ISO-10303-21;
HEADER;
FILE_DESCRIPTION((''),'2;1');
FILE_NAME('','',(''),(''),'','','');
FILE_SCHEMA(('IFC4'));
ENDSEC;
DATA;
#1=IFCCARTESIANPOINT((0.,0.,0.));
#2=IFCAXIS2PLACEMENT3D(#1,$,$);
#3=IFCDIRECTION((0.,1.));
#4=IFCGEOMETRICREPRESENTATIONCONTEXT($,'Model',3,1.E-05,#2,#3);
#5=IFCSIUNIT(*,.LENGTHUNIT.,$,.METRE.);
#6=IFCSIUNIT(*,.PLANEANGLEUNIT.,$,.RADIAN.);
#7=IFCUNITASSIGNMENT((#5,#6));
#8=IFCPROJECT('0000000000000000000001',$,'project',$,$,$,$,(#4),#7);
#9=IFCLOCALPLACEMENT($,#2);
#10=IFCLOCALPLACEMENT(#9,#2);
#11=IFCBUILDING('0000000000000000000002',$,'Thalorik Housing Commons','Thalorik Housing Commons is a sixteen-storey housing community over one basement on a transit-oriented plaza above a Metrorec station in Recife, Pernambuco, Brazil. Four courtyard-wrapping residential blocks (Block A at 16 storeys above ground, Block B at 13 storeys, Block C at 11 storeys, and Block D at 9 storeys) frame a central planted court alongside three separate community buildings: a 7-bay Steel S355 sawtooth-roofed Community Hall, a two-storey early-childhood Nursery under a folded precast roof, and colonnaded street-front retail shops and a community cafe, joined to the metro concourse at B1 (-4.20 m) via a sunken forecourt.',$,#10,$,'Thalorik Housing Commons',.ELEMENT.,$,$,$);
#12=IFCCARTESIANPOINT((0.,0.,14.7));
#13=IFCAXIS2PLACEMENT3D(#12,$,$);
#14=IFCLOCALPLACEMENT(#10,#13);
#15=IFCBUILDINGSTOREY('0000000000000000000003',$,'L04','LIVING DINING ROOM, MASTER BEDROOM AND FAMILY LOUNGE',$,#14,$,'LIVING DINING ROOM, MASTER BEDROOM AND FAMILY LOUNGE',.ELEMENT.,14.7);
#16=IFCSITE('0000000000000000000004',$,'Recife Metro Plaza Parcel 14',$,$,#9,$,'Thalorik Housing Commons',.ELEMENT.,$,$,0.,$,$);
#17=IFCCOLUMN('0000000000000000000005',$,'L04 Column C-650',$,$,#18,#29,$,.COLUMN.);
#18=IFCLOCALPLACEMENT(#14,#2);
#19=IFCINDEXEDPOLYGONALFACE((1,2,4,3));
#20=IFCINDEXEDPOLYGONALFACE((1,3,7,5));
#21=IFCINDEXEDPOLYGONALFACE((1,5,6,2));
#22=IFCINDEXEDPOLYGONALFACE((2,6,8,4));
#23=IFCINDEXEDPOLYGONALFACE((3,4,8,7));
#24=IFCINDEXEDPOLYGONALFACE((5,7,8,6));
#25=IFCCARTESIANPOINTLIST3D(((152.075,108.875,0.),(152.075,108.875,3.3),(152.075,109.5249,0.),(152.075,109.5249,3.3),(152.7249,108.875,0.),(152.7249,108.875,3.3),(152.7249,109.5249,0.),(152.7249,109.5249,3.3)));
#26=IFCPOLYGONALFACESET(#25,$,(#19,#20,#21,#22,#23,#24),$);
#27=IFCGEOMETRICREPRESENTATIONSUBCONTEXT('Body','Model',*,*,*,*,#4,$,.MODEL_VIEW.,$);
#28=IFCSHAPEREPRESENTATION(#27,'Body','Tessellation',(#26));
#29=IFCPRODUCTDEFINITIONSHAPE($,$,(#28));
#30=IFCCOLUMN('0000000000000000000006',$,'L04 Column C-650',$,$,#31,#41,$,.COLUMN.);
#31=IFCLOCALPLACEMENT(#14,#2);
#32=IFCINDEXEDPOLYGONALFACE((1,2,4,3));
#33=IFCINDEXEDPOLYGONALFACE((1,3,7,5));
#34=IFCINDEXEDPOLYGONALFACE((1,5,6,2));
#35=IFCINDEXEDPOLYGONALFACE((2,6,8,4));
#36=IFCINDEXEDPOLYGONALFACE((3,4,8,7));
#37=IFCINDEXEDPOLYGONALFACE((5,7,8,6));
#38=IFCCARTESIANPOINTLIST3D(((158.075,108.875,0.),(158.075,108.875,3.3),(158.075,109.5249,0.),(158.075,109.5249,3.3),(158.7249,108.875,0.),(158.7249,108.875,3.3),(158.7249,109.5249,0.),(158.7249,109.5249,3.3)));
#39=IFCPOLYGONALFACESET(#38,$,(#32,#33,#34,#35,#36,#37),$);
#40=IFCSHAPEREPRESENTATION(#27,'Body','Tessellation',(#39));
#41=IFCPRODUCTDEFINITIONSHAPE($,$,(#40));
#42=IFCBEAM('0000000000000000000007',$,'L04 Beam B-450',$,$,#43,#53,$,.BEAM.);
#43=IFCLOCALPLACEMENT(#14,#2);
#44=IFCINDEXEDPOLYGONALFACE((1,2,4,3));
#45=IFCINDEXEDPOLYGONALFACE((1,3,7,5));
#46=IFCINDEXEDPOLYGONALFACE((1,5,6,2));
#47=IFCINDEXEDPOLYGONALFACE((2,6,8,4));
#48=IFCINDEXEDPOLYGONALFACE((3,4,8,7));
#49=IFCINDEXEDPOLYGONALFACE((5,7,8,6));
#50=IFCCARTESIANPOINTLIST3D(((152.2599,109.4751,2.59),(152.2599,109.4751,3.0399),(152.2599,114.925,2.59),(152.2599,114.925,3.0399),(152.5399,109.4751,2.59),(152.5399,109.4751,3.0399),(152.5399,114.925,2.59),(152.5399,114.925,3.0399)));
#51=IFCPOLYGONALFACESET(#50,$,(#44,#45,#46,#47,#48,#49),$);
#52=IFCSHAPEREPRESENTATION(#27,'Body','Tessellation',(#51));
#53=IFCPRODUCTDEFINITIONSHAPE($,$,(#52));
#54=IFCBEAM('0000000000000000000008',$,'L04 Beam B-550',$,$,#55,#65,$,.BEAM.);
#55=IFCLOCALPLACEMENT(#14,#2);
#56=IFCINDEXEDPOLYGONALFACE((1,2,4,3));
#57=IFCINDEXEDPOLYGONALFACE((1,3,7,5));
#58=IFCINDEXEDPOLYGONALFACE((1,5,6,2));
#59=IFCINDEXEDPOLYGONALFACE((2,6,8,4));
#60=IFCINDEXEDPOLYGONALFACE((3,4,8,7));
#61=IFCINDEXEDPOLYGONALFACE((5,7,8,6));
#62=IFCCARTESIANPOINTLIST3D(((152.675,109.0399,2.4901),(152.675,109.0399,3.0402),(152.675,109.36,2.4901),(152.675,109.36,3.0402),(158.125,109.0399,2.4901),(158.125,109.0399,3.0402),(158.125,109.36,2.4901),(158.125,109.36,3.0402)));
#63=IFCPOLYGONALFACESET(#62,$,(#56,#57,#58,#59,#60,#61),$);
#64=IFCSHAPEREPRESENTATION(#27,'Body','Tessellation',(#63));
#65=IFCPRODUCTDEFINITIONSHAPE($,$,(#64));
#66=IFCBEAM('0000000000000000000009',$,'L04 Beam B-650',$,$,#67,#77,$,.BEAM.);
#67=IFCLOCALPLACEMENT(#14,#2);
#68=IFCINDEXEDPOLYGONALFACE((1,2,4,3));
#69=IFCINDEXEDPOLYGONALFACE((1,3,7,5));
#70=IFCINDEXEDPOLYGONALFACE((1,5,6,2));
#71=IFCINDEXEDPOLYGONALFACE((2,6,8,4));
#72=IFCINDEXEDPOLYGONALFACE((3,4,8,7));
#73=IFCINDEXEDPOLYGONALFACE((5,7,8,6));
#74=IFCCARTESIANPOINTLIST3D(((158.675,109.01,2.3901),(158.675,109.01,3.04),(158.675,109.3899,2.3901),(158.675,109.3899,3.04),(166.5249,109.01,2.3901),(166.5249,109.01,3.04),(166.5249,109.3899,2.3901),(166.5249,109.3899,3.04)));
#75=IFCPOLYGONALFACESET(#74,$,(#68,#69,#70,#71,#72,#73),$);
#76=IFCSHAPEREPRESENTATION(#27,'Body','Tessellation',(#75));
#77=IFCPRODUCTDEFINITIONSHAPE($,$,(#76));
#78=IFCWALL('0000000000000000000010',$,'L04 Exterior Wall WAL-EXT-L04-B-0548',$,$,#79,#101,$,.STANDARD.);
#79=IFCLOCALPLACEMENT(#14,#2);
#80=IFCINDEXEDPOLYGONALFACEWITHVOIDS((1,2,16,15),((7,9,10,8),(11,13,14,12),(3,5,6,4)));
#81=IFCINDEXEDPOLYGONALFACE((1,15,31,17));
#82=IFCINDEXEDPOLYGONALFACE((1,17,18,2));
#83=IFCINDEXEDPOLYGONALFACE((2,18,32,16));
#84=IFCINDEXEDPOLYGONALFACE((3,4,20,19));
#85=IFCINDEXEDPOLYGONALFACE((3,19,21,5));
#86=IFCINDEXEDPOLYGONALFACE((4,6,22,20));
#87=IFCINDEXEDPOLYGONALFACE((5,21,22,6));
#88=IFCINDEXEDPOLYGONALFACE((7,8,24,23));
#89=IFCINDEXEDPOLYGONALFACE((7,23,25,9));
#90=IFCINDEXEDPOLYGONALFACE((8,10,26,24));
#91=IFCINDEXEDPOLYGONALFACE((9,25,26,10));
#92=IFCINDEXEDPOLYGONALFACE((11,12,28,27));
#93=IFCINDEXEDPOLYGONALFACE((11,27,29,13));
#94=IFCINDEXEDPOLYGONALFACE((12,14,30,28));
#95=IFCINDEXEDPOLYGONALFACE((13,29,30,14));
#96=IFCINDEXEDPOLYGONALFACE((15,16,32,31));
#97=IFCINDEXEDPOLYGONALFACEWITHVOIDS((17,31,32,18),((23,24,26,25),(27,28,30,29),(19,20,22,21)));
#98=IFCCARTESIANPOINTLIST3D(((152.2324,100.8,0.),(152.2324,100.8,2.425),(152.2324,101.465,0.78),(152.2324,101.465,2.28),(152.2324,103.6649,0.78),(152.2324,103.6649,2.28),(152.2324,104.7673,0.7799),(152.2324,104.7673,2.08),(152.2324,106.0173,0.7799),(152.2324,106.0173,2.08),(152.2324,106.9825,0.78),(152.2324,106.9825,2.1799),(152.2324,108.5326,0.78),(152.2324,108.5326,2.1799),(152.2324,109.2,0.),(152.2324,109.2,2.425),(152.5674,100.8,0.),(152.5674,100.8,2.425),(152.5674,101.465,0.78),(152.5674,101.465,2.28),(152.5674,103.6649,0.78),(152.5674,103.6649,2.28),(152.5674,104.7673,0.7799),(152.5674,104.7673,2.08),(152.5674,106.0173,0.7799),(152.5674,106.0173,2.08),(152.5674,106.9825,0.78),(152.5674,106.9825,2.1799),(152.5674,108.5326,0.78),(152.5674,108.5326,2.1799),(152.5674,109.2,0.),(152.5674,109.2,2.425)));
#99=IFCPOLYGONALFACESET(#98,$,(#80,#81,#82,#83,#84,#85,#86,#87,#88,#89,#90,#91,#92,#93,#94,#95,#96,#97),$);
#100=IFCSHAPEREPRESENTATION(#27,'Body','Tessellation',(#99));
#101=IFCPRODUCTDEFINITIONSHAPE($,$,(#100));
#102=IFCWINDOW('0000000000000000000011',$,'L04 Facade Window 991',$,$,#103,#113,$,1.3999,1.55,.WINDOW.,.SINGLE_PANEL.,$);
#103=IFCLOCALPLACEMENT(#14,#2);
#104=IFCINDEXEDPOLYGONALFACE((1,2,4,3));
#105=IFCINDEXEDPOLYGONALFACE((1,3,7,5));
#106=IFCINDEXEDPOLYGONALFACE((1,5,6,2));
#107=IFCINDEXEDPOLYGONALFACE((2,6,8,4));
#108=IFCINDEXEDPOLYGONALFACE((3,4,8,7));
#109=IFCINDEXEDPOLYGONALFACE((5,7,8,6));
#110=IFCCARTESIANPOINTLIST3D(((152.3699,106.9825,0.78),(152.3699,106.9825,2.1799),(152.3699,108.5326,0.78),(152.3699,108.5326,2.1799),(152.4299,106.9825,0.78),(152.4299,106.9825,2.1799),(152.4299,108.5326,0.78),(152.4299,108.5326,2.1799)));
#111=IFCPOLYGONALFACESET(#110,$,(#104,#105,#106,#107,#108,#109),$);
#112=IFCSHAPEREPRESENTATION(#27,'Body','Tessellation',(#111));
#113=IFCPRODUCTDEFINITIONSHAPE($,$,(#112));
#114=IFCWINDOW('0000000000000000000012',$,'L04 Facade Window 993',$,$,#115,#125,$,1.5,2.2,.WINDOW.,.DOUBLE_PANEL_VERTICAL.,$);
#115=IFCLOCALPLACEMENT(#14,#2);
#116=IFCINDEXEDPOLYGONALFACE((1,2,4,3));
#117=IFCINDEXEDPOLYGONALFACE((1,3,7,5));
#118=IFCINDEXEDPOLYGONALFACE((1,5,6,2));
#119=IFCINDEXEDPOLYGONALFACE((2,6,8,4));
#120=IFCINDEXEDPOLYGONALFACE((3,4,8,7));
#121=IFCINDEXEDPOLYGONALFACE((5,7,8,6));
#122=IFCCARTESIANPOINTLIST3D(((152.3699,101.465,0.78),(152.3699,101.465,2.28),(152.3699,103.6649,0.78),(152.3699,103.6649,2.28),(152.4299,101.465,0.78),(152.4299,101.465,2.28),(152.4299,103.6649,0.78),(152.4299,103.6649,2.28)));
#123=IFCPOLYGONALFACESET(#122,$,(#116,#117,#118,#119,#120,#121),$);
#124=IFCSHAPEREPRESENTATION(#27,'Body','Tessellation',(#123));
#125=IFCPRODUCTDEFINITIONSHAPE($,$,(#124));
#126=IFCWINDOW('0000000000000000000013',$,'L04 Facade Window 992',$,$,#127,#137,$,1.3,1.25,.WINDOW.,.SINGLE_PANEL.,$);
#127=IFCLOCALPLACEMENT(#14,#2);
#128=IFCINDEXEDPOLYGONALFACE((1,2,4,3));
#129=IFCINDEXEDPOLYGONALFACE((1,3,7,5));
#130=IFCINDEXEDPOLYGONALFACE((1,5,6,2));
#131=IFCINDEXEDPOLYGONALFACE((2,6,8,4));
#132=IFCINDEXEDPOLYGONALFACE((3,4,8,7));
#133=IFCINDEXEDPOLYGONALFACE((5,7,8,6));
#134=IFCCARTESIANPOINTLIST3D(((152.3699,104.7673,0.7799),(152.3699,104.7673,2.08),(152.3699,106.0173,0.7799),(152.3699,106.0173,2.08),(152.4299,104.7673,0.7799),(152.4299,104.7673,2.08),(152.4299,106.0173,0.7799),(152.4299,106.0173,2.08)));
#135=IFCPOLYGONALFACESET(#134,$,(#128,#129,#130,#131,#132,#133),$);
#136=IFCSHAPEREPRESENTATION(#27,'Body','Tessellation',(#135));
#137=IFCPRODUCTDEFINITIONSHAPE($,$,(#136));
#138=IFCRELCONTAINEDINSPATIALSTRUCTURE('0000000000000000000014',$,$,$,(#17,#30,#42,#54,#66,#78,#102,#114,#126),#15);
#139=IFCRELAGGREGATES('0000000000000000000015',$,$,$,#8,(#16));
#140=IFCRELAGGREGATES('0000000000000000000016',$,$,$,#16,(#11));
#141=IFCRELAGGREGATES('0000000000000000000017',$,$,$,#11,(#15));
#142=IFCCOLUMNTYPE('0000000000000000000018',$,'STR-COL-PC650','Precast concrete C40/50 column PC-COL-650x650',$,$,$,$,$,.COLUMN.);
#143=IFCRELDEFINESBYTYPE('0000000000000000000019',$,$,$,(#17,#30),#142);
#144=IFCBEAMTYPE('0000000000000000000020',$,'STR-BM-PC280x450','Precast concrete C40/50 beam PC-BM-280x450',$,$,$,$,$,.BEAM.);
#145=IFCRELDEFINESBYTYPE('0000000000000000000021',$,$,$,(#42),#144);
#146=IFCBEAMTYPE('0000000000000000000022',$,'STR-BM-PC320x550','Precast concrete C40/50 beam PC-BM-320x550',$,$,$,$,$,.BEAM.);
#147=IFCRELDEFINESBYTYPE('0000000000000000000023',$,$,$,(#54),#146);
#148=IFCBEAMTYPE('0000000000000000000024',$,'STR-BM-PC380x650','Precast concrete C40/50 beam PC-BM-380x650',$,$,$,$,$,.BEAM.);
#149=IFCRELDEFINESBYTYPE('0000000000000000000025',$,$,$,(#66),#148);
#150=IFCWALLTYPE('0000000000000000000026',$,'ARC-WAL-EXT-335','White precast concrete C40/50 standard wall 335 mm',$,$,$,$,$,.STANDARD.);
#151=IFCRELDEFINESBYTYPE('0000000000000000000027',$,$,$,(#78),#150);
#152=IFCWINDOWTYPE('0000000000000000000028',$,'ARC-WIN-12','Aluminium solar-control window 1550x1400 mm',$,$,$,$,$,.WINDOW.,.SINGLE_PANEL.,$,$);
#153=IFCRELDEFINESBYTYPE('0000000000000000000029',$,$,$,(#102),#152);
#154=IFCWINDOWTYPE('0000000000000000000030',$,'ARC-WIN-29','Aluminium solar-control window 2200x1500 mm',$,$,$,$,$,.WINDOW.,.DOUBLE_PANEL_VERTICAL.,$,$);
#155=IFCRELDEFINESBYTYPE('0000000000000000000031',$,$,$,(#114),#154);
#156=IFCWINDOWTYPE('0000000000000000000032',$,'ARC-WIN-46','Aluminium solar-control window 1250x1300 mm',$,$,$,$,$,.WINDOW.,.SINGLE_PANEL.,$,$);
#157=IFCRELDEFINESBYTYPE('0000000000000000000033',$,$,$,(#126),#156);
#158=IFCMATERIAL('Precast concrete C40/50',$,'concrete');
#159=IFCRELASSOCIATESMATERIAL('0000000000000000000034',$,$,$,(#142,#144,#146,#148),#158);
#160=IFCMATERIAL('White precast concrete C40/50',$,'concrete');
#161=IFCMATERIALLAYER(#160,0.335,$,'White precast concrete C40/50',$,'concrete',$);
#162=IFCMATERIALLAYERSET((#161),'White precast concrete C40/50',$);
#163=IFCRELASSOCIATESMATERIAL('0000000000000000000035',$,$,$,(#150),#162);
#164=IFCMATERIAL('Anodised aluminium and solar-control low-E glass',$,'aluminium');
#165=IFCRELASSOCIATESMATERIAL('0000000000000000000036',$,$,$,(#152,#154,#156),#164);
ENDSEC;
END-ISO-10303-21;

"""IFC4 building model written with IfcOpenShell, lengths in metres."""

from ifc_helpers import new_model, si_unit, direction, frame, frame_2d, origin, origin_2d, place, context, subcontext, project, spatial, rectangle, extrude, material, layer, layer_set, material_profile, profile_set, type_object, element, fill, save


model = new_model("IFC4")

# Units and contexts
model_context = context("Model", 3, precision=1e-05, world=origin(), true_north=direction((0.0, 1.0)))
body_context = subcontext(model_context, "Body", "Model", "MODEL_VIEW")
ifc_project = project(units=[si_unit("LENGTHUNIT", "METRE"), si_unit("PLANEANGLEUNIT", "RADIAN")], contexts=[model_context])

# Site, building, storey
site_placement = place(None, origin())
site = spatial("IfcSite", under=ifc_project, at=site_placement, Name="Recife Metro Plaza Parcel 14", LongName="Thalorik Housing Commons", CompositionType="ELEMENT", RefElevation=0.0)
building_placement = place(site_placement, origin())
building = spatial("IfcBuilding", under=site, at=building_placement, Name="Thalorik Housing Commons", Description="Thalorik Housing Commons is a sixteen-storey housing community over one basement on a transit-oriented plaza above a Metrorec station in Recife, Pernambuco, Brazil. Four courtyard-wrapping residential blocks (Block A at 16 storeys above ground, Block B at 13 storeys, Block C at 11 storeys, and Block D at 9 storeys) frame a central planted court alongside three separate community buildings: a 7-bay Steel S355 sawtooth-roofed Community Hall, a two-storey early-childhood Nursery under a folded precast roof, and colonnaded street-front retail shops and a community cafe, joined to the metro concourse at B1 (-4.20 m) via a sunken forecourt.", LongName="Thalorik Housing Commons", CompositionType="ELEMENT")
storey_placement = place(building_placement, frame((0.0, 0.0, 14.7)))
storey = spatial("IfcBuildingStorey", under=building, at=storey_placement, Name="L04", Description="LIVING DINING ROOM, MASTER BEDROOM AND FAMILY LOUNGE", LongName="LIVING DINING ROOM, MASTER BEDROOM AND FAMILY LOUNGE", CompositionType="ELEMENT", Elevation=14.7)

# Columns
ifc_material_1 = material(Name="Precast concrete C40/50", Category="concrete")
ifc_material_profile_1 = material_profile(ifc_material_1, rectangle(XDim=0.6499, YDim=0.6499, at=origin_2d()), Name="PC 650x650", Category="concrete")
ifc_profile_set_1 = profile_set([ifc_material_profile_1], Name="Precast concrete C40/50")
column_type = type_object("IfcColumnType", Name="STR-COL-PC650", Description="Precast concrete C40/50 column PC-COL-650x650", PredefinedType="COLUMN", material=ifc_profile_set_1)
for number, where, z_axis, x_axis, name in (
    (1, (152.3999, 109.2, 0.0), (0.0, 0.0, 1.0), (1.0, 0.0, 0.0), "L04 Column C-650"),
    (2, (158.3999, 109.2, 0.0), (0.0, 0.0, 1.0), (1.0, 0.0, 0.0), "L04 Column C-650"),
):
    element("IfcColumn", number, at=place(storey_placement, frame(where, z_axis=z_axis, x_axis=x_axis)), inside=storey, type_object=column_type, Name=name, PredefinedType="COLUMN", context=body_context, shape_type="SweptSolid", body=[
        extrude(rectangle(XDim=0.6499, YDim=0.6499, at=origin_2d()), origin(), (0.0, 0.0, 1.0), 3.3),
    ])

# Beams
ifc_material_profile_2 = material_profile(ifc_material_1, rectangle(XDim=0.28, YDim=0.45, at=origin_2d()), Name="PC 280x450", Category="concrete")
ifc_profile_set_2 = profile_set([ifc_material_profile_2], Name="Precast concrete C40/50")
beam_type_1 = type_object("IfcBeamType", Name="STR-BM-PC280x450", Description="Precast concrete C40/50 beam PC-BM-280x450", PredefinedType="BEAM", material=ifc_profile_set_2)
beam_1_placement = place(storey_placement, frame((152.3999, 109.4751, 2.8149), z_axis=(0.0, 1.0, 0.0), x_axis=(-1.0, 0.0, 0.0)))
element("IfcBeam", 3, at=beam_1_placement, inside=storey, type_object=beam_type_1, Name="L04 Beam B-450", PredefinedType="BEAM", context=body_context, shape_type="SweptSolid", body=[
    extrude(rectangle(XDim=0.28, YDim=0.45, at=origin_2d()), origin(), (0.0, 0.0, 1.0), 5.45),
])
ifc_material_profile_3 = material_profile(ifc_material_1, rectangle(XDim=0.3201, YDim=0.55, at=origin_2d()), Name="PC 320x550", Category="concrete")
ifc_profile_set_3 = profile_set([ifc_material_profile_3], Name="Precast concrete C40/50")
beam_type_2 = type_object("IfcBeamType", Name="STR-BM-PC320x550", Description="Precast concrete C40/50 beam PC-BM-320x550", PredefinedType="BEAM", material=ifc_profile_set_3)
beam_2_placement = place(storey_placement, frame((152.675, 109.2, 2.7651), z_axis=(1.0, 0.0, 0.0), x_axis=(0.0, 1.0, 0.0)))
element("IfcBeam", 4, at=beam_2_placement, inside=storey, type_object=beam_type_2, Name="L04 Beam B-550", PredefinedType="BEAM", context=body_context, shape_type="SweptSolid", body=[
    extrude(rectangle(XDim=0.3201, YDim=0.55, at=origin_2d()), origin(), (0.0, 0.0, 1.0), 5.45),
])
ifc_material_profile_4 = material_profile(ifc_material_1, rectangle(XDim=0.3799, YDim=0.6499, at=origin_2d()), Name="PC 380x650", Category="concrete")
ifc_profile_set_4 = profile_set([ifc_material_profile_4], Name="Precast concrete C40/50")
beam_type_3 = type_object("IfcBeamType", Name="STR-BM-PC380x650", Description="Precast concrete C40/50 beam PC-BM-380x650", PredefinedType="BEAM", material=ifc_profile_set_4)
beam_3_placement = place(storey_placement, frame((158.675, 109.2, 2.7151), z_axis=(1.0, 0.0, 0.0), x_axis=(0.0, 1.0, 0.0)))
element("IfcBeam", 5, at=beam_3_placement, inside=storey, type_object=beam_type_3, Name="L04 Beam B-650", PredefinedType="BEAM", context=body_context, shape_type="SweptSolid", body=[
    extrude(rectangle(XDim=0.3799, YDim=0.6499, at=origin_2d()), origin(), (0.0, 0.0, 1.0), 7.8499),
])

# Wall, openings, windows
ifc_material_2 = material(Name="White precast concrete C40/50", Category="concrete")
ifc_layer_1 = layer(ifc_material_2, 0.335, Name="White precast concrete C40/50", Category="concrete")
ifc_layer_set_1 = layer_set([ifc_layer_1], Name="White precast concrete C40/50")
wall_type_1 = type_object("IfcWallType", Name="ARC-WAL-EXT-335", Description="White precast concrete C40/50 standard wall 335 mm", PredefinedType="STANDARD", material=ifc_layer_set_1)
wall_1_placement = place(storey_placement, frame((152.3999, 109.2, 0.0), z_axis=(0.0, 0.0, 1.0), x_axis=(0.0, -1.0, 0.0)))
wall_1 = element("IfcWall", 6, at=wall_1_placement, inside=storey, type_object=wall_type_1, Name="L04 Exterior Wall WAL-EXT-L04-B-0548", PredefinedType="STANDARD", context=body_context, shape_type="SweptSolid", body=[
    extrude(rectangle(XDim=8.3999, YDim=0.335, at=frame_2d((4.2, 0.0))), origin(), (0.0, 0.0, 1.0), 2.425),
])
opening_1_placement = place(wall_1_placement, frame((0.6675, 0.0, 0.78)))
opening_1 = element("IfcOpeningElement", 7, at=opening_1_placement, cuts=wall_1, PredefinedType="OPENING", context=body_context, shape_type="SweptSolid", body=[
    extrude(rectangle(XDim=1.55, YDim=1.3999, at=frame_2d((0.7749, 0.7))), frame((0.0, 0.1775, 0.0), z_axis=(0.0, -1.0, 0.0), x_axis=(1.0, 0.0, 0.0)), (0.0, 0.0, 1.0), 0.355),
])
opening_2_placement = place(wall_1_placement, frame((3.1826, 0.0, 0.78)))
opening_2 = element("IfcOpeningElement", 8, at=opening_2_placement, cuts=wall_1, PredefinedType="OPENING", context=body_context, shape_type="SweptSolid", body=[
    extrude(rectangle(XDim=1.25, YDim=1.3, at=frame_2d((0.625, 0.6499))), frame((0.0, 0.1775, 0.0), z_axis=(0.0, -1.0, 0.0), x_axis=(1.0, 0.0, 0.0)), (0.0, 0.0, 1.0), 0.355),
])
opening_3_placement = place(wall_1_placement, frame((5.5349, 0.0, 0.78)))
opening_3 = element("IfcOpeningElement", 9, at=opening_3_placement, cuts=wall_1, PredefinedType="OPENING", context=body_context, shape_type="SweptSolid", body=[
    extrude(rectangle(XDim=2.2, YDim=1.5, at=frame_2d((1.1001, 0.75))), frame((0.0, 0.1775, 0.0), z_axis=(0.0, -1.0, 0.0), x_axis=(1.0, 0.0, 0.0)), (0.0, 0.0, 1.0), 0.355),
])
ifc_material_3 = material(Name="Anodised aluminium and solar-control low-E glass", Category="aluminium")
window_type_1 = type_object("IfcWindowType", Name="ARC-WIN-12", Description="Aluminium solar-control window 1550x1400 mm", PartitioningType="SINGLE_PANEL", PredefinedType="WINDOW", material=ifc_material_3)
window_1_placement = place(opening_1_placement, origin())
window_1 = element("IfcWindow", 10, at=window_1_placement, inside=storey, type_object=window_type_1, Name="L04 Facade Window 991", OverallHeight=1.3999, OverallWidth=1.55, PartitioningType="SINGLE_PANEL", PredefinedType="WINDOW", context=body_context, shape_type="SweptSolid", body=[
    extrude(rectangle(XDim=1.55, YDim=1.3999, at=frame_2d((0.7749, 0.7))), frame((0.0, 0.03, 0.0), z_axis=(0.0, -1.0, 0.0), x_axis=(1.0, 0.0, 0.0)), (0.0, 0.0, 1.0), 0.0601),
])
fill(opening_1, window_1)
window_type_2 = type_object("IfcWindowType", Name="ARC-WIN-29", Description="Aluminium solar-control window 2200x1500 mm", PartitioningType="DOUBLE_PANEL_VERTICAL", PredefinedType="WINDOW", material=ifc_material_3)
window_2_placement = place(opening_3_placement, origin())
window_2 = element("IfcWindow", 11, at=window_2_placement, inside=storey, type_object=window_type_2, Name="L04 Facade Window 993", OverallHeight=1.5, OverallWidth=2.2, PartitioningType="DOUBLE_PANEL_VERTICAL", PredefinedType="WINDOW", context=body_context, shape_type="SweptSolid", body=[
    extrude(rectangle(XDim=2.2, YDim=1.5, at=frame_2d((1.1001, 0.75))), frame((0.0, 0.03, 0.0), z_axis=(0.0, -1.0, 0.0), x_axis=(1.0, 0.0, 0.0)), (0.0, 0.0, 1.0), 0.0601),
])
fill(opening_3, window_2)
window_type_3 = type_object("IfcWindowType", Name="ARC-WIN-46", Description="Aluminium solar-control window 1250x1300 mm", PartitioningType="SINGLE_PANEL", PredefinedType="WINDOW", material=ifc_material_3)
window_3_placement = place(opening_2_placement, origin())
window_3 = element("IfcWindow", 12, at=window_3_placement, inside=storey, type_object=window_type_3, Name="L04 Facade Window 992", OverallHeight=1.3, OverallWidth=1.25, PartitioningType="SINGLE_PANEL", PredefinedType="WINDOW", context=body_context, shape_type="SweptSolid", body=[
    extrude(rectangle(XDim=1.25, YDim=1.3, at=frame_2d((0.625, 0.6499))), frame((0.0, 0.03, 0.0), z_axis=(0.0, -1.0, 0.0), x_axis=(1.0, 0.0, 0.0)), (0.0, 0.0, 1.0), 0.0601),
])
fill(opening_2, window_3)

save(model, "model.ifc")
